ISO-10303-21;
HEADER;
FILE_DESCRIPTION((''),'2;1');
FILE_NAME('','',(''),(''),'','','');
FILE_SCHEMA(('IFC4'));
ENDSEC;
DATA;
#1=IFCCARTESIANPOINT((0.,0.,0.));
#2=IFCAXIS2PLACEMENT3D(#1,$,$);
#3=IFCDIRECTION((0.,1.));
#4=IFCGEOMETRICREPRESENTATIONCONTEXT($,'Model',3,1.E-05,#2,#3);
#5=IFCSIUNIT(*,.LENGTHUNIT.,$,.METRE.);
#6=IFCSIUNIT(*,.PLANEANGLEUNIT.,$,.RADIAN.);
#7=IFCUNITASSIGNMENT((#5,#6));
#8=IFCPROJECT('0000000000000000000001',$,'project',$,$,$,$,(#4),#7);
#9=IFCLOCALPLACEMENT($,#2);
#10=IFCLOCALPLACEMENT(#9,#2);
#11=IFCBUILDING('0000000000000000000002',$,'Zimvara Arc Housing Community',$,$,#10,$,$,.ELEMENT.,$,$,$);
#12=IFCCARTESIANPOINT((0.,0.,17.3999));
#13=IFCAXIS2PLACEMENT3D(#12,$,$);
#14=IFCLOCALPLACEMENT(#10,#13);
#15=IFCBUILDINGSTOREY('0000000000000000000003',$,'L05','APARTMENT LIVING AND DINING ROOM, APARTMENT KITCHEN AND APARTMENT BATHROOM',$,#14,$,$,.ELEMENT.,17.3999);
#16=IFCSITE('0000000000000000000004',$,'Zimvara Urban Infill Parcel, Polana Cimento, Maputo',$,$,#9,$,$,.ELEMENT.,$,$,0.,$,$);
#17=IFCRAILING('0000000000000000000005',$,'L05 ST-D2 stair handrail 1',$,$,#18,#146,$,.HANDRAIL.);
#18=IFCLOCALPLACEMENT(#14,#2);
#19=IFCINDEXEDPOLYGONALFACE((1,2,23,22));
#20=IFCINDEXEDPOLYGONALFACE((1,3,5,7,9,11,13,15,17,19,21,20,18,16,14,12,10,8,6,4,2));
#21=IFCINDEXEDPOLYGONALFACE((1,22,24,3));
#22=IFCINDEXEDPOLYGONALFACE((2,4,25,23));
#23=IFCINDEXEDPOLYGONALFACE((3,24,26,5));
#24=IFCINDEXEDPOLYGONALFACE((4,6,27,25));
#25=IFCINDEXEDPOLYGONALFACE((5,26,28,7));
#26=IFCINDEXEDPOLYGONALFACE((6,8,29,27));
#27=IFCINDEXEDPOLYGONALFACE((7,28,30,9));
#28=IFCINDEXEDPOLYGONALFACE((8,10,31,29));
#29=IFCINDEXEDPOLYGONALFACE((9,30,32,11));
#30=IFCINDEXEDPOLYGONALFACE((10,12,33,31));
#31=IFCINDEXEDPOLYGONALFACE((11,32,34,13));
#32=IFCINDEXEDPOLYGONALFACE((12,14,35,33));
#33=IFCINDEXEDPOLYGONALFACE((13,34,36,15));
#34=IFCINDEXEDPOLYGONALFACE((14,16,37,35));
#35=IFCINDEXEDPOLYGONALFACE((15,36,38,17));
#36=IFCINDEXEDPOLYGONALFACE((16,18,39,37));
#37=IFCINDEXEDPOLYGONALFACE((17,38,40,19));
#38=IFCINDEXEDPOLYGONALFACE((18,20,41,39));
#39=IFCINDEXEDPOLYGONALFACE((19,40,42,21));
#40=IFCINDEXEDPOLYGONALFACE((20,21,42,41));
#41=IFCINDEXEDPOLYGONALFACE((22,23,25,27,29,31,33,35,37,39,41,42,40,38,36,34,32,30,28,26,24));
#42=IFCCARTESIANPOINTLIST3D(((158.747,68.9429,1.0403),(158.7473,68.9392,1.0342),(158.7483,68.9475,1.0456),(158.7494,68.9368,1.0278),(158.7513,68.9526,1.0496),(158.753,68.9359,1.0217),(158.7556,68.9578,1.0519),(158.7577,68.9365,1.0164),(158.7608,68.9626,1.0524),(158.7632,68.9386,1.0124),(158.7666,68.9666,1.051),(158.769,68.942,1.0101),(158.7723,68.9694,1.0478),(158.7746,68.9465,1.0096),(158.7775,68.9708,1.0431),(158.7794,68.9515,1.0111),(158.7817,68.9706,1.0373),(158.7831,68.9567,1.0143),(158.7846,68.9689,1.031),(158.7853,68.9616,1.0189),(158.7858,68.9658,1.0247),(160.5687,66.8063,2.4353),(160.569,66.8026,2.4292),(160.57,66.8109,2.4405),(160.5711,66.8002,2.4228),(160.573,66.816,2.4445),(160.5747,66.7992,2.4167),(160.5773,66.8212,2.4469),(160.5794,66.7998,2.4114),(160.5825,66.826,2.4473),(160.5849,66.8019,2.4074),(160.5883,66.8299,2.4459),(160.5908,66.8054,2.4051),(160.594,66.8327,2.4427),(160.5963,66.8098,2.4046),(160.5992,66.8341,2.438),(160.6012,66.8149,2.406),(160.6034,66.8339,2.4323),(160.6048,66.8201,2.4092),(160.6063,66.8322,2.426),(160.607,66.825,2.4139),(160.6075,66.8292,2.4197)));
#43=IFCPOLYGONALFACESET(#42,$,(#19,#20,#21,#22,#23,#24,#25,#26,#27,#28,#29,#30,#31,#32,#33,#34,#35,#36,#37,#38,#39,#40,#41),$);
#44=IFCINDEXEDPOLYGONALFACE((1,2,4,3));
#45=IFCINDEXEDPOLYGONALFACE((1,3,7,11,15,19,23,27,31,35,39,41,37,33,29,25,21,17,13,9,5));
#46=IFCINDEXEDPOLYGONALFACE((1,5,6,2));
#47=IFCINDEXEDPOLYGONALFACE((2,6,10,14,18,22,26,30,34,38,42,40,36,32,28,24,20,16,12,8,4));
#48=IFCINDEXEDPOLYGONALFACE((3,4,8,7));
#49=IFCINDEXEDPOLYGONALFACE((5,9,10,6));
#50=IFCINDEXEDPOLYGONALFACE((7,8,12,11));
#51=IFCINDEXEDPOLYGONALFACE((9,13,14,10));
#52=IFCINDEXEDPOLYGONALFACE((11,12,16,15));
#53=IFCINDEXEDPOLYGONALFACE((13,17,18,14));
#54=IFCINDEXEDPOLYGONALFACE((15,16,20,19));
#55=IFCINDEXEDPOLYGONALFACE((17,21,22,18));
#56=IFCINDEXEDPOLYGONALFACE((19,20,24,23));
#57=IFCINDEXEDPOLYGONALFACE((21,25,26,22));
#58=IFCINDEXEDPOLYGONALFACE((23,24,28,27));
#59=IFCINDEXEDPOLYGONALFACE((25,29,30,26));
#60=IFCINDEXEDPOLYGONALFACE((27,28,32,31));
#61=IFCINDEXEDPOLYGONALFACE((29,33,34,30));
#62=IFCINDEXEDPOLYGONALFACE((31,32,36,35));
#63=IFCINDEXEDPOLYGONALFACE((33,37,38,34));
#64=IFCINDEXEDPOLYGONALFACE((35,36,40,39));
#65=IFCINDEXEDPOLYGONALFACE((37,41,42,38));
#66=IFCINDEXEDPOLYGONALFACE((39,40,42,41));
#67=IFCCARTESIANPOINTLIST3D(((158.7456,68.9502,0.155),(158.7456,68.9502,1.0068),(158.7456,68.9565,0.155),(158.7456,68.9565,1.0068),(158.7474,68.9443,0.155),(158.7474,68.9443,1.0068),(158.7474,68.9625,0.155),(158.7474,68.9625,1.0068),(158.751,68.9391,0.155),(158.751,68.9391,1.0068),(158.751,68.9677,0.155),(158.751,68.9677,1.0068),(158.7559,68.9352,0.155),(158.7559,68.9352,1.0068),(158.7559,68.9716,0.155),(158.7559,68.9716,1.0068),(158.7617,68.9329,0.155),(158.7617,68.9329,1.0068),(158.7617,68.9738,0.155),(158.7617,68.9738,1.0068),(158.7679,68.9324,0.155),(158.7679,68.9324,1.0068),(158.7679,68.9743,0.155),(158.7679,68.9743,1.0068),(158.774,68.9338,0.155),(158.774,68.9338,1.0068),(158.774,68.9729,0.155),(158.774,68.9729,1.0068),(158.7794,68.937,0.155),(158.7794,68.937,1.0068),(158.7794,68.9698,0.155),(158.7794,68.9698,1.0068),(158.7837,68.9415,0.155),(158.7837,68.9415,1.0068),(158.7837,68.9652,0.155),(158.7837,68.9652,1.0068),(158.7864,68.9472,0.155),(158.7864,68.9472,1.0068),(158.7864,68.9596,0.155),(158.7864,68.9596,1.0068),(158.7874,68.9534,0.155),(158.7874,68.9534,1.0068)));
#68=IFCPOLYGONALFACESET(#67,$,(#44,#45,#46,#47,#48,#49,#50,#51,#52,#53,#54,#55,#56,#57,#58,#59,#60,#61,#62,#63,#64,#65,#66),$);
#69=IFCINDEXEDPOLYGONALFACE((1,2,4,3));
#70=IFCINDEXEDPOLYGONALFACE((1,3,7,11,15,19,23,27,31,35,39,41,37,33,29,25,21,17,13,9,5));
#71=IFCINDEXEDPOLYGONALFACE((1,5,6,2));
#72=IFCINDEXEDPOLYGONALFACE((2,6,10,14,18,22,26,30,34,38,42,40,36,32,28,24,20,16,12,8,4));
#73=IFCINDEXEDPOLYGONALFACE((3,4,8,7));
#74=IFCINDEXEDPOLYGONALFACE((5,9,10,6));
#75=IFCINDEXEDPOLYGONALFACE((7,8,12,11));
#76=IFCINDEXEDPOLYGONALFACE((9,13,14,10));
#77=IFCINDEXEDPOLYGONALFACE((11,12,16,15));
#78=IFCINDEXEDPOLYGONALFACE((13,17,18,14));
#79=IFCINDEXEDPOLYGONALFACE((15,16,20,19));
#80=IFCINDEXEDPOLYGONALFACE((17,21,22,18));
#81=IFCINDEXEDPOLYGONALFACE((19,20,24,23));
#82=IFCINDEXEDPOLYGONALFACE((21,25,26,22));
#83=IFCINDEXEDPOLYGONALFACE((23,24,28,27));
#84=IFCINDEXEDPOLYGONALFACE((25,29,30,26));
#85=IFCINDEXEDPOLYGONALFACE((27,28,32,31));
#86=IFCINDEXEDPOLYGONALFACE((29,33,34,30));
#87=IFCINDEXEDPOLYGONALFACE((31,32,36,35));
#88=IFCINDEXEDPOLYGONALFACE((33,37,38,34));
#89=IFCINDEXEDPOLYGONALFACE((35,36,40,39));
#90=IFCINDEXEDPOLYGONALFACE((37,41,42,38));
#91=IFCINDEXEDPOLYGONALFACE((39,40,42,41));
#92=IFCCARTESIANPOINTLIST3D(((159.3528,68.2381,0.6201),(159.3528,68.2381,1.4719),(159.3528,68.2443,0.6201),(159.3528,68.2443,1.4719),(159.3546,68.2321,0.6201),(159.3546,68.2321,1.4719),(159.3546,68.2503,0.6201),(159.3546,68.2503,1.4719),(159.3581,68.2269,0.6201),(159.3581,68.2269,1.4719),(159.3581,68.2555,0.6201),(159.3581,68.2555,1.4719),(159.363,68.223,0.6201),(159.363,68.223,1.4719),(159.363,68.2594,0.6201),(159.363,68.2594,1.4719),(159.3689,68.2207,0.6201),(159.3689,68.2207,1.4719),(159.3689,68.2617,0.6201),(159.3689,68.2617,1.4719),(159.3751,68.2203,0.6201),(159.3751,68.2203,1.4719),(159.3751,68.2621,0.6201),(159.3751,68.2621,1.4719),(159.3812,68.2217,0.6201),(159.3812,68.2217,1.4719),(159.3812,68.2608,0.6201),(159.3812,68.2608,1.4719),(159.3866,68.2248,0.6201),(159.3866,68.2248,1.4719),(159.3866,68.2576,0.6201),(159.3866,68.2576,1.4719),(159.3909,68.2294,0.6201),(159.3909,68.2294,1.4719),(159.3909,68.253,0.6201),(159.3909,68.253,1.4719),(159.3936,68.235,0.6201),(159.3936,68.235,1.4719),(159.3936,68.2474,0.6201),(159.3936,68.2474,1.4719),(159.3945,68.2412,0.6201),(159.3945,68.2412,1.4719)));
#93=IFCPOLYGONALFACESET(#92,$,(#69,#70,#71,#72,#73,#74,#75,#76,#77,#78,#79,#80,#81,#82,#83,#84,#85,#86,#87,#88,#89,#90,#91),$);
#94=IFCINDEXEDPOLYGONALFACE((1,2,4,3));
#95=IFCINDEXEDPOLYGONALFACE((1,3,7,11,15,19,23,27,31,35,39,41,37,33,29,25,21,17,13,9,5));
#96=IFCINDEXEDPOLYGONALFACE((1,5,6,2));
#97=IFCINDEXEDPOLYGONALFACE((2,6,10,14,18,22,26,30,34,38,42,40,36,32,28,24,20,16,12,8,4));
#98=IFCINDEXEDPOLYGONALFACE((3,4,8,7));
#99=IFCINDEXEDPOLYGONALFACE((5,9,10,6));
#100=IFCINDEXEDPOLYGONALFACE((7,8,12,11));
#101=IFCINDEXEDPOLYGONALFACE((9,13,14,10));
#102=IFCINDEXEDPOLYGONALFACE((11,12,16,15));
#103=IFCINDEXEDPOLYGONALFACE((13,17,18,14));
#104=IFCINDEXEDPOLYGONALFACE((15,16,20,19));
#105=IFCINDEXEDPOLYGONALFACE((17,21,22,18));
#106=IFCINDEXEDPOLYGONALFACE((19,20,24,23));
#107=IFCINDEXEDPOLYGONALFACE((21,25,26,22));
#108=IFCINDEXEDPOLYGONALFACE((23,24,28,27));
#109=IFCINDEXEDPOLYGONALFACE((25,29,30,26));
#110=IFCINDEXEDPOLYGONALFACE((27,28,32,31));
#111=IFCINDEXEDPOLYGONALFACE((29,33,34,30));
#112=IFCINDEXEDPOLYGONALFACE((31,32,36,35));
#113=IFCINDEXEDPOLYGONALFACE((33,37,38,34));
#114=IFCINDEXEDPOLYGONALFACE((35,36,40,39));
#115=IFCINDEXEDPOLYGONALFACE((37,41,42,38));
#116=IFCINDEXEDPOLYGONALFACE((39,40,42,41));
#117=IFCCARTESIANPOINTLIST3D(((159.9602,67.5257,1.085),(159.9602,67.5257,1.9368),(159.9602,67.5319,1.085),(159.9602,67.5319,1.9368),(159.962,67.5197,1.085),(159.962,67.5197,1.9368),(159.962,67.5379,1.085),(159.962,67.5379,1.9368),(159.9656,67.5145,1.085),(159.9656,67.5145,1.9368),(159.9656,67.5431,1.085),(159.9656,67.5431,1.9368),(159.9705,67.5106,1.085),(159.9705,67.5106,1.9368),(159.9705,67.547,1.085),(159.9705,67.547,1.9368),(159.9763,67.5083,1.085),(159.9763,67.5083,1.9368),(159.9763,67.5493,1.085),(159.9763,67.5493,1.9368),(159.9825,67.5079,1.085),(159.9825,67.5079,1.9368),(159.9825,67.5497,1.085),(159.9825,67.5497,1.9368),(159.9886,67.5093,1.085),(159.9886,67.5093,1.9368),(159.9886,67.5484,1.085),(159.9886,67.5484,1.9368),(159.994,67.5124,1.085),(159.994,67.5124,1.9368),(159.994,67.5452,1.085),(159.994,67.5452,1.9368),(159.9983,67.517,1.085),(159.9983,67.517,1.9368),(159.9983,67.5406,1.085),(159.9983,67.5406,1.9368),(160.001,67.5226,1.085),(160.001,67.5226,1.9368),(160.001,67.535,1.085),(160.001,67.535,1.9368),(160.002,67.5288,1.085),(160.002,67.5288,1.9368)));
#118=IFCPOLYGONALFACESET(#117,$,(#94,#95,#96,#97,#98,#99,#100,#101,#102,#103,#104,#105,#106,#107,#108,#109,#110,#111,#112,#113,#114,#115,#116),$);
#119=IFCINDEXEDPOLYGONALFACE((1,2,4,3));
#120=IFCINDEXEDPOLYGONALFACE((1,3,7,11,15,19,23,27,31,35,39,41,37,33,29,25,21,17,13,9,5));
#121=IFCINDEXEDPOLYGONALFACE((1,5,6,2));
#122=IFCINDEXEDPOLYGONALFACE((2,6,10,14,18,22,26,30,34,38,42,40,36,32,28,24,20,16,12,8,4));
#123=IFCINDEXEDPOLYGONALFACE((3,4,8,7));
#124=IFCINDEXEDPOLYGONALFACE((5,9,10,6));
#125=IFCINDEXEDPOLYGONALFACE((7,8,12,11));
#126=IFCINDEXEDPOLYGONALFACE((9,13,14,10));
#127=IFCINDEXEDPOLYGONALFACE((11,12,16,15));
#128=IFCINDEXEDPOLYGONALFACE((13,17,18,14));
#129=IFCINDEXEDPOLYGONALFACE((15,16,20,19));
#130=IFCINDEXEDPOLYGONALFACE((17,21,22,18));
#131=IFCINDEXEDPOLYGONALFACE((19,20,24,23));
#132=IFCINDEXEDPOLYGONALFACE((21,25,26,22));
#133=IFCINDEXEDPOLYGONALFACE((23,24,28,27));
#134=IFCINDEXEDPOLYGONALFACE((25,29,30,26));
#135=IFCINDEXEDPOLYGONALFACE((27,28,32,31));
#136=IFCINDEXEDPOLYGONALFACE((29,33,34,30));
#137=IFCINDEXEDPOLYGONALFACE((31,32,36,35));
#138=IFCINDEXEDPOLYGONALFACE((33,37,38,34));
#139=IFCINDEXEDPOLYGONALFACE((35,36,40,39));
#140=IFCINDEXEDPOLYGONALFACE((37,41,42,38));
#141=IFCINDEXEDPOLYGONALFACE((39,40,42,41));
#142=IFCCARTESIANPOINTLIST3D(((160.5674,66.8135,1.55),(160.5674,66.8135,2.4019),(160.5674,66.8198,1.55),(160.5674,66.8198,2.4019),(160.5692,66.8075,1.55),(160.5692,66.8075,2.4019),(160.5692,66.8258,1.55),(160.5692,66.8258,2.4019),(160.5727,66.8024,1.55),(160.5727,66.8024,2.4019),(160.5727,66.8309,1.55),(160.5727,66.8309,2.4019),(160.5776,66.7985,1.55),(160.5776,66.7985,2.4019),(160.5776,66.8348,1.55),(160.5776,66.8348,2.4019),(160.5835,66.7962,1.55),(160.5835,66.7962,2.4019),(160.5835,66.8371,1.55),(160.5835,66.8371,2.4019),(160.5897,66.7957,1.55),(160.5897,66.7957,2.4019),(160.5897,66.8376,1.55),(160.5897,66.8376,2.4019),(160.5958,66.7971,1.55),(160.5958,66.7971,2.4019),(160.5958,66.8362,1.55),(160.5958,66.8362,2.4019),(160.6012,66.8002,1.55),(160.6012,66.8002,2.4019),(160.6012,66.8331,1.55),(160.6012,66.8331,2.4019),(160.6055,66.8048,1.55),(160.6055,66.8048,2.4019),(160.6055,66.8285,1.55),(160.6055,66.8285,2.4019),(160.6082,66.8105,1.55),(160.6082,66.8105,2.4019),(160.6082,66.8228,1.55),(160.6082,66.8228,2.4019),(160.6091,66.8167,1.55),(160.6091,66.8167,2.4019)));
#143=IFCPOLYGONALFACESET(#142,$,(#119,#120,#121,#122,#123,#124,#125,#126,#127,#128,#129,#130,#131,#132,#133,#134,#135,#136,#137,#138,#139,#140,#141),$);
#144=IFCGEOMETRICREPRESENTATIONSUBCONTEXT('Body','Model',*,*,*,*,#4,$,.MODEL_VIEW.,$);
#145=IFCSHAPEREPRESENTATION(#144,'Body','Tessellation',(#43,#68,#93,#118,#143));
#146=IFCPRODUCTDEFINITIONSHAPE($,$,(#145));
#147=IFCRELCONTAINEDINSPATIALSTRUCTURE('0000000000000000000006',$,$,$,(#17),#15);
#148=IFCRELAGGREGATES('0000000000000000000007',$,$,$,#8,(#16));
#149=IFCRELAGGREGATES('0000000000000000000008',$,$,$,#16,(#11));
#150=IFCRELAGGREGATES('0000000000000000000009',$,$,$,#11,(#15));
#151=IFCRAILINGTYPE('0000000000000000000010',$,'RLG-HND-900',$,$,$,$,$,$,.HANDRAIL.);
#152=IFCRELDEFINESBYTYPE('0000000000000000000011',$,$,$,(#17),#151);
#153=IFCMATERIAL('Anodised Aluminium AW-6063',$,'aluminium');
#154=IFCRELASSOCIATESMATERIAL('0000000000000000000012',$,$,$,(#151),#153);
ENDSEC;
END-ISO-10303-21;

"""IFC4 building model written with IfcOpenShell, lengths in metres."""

from ifc_helpers import new_model, si_unit, direction, frame, origin, origin_2d, place, context, subcontext, project, spatial, circle, extrude, material, type_object, element, save


model = new_model("IFC4")

# Units and contexts
model_context = context("Model", 3, precision=1e-05, world=origin(), true_north=direction((0.0, 1.0)))
body_context = subcontext(model_context, "Body", "Model", "MODEL_VIEW")
ifc_project = project(units=[si_unit("LENGTHUNIT", "METRE"), si_unit("PLANEANGLEUNIT", "RADIAN")], contexts=[model_context])

# Site, building, storey
site_placement = place(None, origin())
site = spatial("IfcSite", under=ifc_project, at=site_placement, Name="Zimvara Urban Infill Parcel, Polana Cimento, Maputo", CompositionType="ELEMENT", RefElevation=0.0)
building_placement = place(site_placement, origin())
building = spatial("IfcBuilding", under=site, at=building_placement, Name="Zimvara Arc Housing Community", CompositionType="ELEMENT")
storey_placement = place(building_placement, frame((0.0, 0.0, 17.3999)))
storey = spatial("IfcBuildingStorey", under=building, at=storey_placement, Name="L05", Description="APARTMENT LIVING AND DINING ROOM, APARTMENT KITCHEN AND APARTMENT BATHROOM", CompositionType="ELEMENT", Elevation=17.3999)

# Railing
ifc_material_1 = material(Name="Anodised Aluminium AW-6063", Category="aluminium")
railing_type_1 = type_object("IfcRailingType", Name="RLG-HND-900", PredefinedType="HANDRAIL", material=ifc_material_1)
railing_1_placement = place(storey_placement, frame((158.7664, 68.9534, 0.155)))
element("IfcRailing", 1, at=railing_1_placement, inside=storey, type_object=railing_type_1, Name="L05 ST-D2 stair handrail 1", PredefinedType="HANDRAIL", context=body_context, shape_type="SweptSolid", body=[
    extrude(circle(Radius=0.0239, at=origin_2d()), frame((0.0, 0.0, 0.876), z_axis=(0.581041, -0.681489, 0.44493), x_axis=(0.76096, 0.648799, 0.0)), (0.0, 0.0, 1.0), 3.1353),
    extrude(circle(Radius=0.021, at=origin_2d()), origin(), (0.0, 0.0, 1.0), 0.8518),
    extrude(circle(Radius=0.021, at=origin_2d()), frame((0.6072, -0.7122, 0.4651)), (0.0, 0.0, 1.0), 0.8518),
    extrude(circle(Radius=0.021, at=origin_2d()), frame((1.2146, -1.4246, 0.9299)), (0.0, 0.0, 1.0), 0.8518),
    extrude(circle(Radius=0.021, at=origin_2d()), frame((1.8218, -2.1367, 1.395)), (0.0, 0.0, 1.0), 0.8518),
])

save(model, "model.ifc")
